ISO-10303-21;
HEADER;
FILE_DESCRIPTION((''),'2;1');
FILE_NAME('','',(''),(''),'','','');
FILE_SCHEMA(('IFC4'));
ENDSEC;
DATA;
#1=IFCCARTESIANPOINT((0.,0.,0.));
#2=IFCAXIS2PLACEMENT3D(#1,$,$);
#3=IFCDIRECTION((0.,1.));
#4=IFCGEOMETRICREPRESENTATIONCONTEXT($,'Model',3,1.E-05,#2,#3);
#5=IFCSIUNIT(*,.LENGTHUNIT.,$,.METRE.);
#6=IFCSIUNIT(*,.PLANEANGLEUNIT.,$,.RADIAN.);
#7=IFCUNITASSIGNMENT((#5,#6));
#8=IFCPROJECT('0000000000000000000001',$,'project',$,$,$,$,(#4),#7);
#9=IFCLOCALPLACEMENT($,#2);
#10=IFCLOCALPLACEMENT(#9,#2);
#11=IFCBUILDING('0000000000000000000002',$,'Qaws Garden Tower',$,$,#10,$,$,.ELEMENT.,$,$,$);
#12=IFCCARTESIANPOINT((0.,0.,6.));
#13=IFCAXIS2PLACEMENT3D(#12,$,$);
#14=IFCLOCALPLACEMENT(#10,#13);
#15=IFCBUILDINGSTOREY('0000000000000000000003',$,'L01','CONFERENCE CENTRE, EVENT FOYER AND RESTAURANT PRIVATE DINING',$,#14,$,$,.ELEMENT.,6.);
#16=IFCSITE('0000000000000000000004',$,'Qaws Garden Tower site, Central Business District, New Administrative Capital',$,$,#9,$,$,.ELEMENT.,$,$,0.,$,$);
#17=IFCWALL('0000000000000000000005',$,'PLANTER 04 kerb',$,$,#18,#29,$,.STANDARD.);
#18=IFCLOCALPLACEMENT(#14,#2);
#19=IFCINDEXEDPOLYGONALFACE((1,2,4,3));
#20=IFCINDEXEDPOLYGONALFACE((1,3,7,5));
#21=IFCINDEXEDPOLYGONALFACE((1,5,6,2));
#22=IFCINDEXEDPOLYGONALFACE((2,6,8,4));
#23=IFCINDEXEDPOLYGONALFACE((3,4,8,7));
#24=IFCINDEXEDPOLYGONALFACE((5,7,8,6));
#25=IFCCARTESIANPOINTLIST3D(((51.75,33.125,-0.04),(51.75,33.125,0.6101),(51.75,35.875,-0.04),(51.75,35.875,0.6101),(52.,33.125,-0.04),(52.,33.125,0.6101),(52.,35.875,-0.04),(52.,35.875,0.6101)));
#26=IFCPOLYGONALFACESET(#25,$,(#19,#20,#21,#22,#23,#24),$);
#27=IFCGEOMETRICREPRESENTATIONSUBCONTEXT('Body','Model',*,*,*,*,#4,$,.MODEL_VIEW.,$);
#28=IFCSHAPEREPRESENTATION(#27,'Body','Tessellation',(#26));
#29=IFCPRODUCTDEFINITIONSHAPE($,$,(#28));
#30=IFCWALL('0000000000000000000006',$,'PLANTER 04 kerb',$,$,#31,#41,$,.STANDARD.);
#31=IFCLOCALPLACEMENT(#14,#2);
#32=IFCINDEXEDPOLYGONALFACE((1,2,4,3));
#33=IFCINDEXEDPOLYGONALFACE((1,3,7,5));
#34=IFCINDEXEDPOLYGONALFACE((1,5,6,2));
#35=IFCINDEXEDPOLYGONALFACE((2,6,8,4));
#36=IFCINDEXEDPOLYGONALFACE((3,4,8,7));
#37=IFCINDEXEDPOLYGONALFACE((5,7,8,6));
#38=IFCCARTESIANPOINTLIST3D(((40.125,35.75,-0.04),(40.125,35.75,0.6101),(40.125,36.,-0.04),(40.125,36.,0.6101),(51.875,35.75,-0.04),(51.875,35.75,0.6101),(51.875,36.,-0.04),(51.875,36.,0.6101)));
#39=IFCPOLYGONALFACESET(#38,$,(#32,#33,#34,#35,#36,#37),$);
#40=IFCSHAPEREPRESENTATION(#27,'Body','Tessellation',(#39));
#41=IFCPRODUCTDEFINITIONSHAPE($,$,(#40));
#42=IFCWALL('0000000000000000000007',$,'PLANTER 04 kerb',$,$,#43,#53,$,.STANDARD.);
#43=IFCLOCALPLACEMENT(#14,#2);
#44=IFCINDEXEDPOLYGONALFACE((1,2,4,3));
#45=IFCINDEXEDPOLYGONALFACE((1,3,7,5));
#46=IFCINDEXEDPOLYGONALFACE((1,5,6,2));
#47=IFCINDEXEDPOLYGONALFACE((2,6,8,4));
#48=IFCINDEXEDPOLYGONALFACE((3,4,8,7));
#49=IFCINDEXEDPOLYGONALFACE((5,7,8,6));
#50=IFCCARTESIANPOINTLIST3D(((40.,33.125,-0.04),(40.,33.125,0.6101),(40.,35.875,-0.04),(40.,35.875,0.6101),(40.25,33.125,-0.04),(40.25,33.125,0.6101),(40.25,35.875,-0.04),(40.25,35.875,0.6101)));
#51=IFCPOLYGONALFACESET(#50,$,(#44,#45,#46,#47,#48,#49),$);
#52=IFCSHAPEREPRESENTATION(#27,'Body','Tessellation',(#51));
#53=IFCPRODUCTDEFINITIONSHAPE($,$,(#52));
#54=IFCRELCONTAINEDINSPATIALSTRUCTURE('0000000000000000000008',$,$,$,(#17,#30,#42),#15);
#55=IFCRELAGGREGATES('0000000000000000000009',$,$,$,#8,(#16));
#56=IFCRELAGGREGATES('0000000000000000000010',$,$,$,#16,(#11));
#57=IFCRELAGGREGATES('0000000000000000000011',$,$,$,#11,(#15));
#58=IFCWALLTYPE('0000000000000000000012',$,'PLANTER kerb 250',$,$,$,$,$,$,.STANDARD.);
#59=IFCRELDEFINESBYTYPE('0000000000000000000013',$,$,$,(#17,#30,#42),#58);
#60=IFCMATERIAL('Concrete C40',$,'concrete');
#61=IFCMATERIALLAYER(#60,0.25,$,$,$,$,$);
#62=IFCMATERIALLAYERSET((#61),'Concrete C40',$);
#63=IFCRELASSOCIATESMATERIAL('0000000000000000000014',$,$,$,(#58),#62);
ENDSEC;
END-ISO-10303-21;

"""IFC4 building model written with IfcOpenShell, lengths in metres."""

from ifc_helpers import new_model, si_unit, direction, frame, frame_2d, origin, place, context, subcontext, project, spatial, rectangle, extrude, material, layer, layer_set, type_object, element, save


model = new_model("IFC4")

# Units and contexts
model_context = context("Model", 3, precision=1e-05, world=origin(), true_north=direction((0.0, 1.0)))
body_context = subcontext(model_context, "Body", "Model", "MODEL_VIEW")
ifc_project = project(units=[si_unit("LENGTHUNIT", "METRE"), si_unit("PLANEANGLEUNIT", "RADIAN")], contexts=[model_context])

# Site, building, storey
site_placement = place(None, origin())
site = spatial("IfcSite", under=ifc_project, at=site_placement, Name="Qaws Garden Tower site, Central Business District, New Administrative Capital", CompositionType="ELEMENT", RefElevation=0.0)
building_placement = place(site_placement, origin())
building = spatial("IfcBuilding", under=site, at=building_placement, Name="Qaws Garden Tower", CompositionType="ELEMENT")
storey_placement = place(building_placement, frame((0.0, 0.0, 6.0)))
storey = spatial("IfcBuildingStorey", under=building, at=storey_placement, Name="L01", Description="CONFERENCE CENTRE, EVENT FOYER AND RESTAURANT PRIVATE DINING", CompositionType="ELEMENT", Elevation=6.0)

# Walls
ifc_material_1 = material(Name="Concrete C40", Category="concrete")
ifc_layer_1 = layer(ifc_material_1, 0.25)
ifc_layer_set_1 = layer_set([ifc_layer_1], Name="Concrete C40")
wall_type_1 = type_object("IfcWallType", Name="PLANTER kerb 250", PredefinedType="STANDARD", material=ifc_layer_set_1)
wall_1_placement = place(storey_placement, frame((51.875, 33.125, -0.04), z_axis=(0.0, 0.0, 1.0), x_axis=(0.0, 1.0, 0.0)))
element("IfcWall", 1, at=wall_1_placement, inside=storey, type_object=wall_type_1, Name="PLANTER 04 kerb", PredefinedType="STANDARD", context=body_context, shape_type="SweptSolid", body=[
    extrude(rectangle(XDim=2.75, YDim=0.25, at=frame_2d((1.375, 0.0))), origin(), (0.0, 0.0, 1.0), 0.6501),
])
wall_2_placement = place(storey_placement, frame((51.875, 35.875, -0.04), z_axis=(0.0, 0.0, 1.0), x_axis=(-1.0, 0.0, 0.0)))
element("IfcWall", 2, at=wall_2_placement, inside=storey, type_object=wall_type_1, Name="PLANTER 04 kerb", PredefinedType="STANDARD", context=body_context, shape_type="SweptSolid", body=[
    extrude(rectangle(XDim=11.75, YDim=0.25, at=frame_2d((5.875, 0.0))), origin(), (0.0, 0.0, 1.0), 0.6501),
])
wall_3_placement = place(storey_placement, frame((40.125, 35.875, -0.04), z_axis=(0.0, 0.0, 1.0), x_axis=(0.0, -1.0, 0.0)))
element("IfcWall", 3, at=wall_3_placement, inside=storey, type_object=wall_type_1, Name="PLANTER 04 kerb", PredefinedType="STANDARD", context=body_context, shape_type="SweptSolid", body=[
    extrude(rectangle(XDim=2.75, YDim=0.25, at=frame_2d((1.375, 0.0))), origin(), (0.0, 0.0, 1.0), 0.6501),
])

save(model, "model.ifc")
